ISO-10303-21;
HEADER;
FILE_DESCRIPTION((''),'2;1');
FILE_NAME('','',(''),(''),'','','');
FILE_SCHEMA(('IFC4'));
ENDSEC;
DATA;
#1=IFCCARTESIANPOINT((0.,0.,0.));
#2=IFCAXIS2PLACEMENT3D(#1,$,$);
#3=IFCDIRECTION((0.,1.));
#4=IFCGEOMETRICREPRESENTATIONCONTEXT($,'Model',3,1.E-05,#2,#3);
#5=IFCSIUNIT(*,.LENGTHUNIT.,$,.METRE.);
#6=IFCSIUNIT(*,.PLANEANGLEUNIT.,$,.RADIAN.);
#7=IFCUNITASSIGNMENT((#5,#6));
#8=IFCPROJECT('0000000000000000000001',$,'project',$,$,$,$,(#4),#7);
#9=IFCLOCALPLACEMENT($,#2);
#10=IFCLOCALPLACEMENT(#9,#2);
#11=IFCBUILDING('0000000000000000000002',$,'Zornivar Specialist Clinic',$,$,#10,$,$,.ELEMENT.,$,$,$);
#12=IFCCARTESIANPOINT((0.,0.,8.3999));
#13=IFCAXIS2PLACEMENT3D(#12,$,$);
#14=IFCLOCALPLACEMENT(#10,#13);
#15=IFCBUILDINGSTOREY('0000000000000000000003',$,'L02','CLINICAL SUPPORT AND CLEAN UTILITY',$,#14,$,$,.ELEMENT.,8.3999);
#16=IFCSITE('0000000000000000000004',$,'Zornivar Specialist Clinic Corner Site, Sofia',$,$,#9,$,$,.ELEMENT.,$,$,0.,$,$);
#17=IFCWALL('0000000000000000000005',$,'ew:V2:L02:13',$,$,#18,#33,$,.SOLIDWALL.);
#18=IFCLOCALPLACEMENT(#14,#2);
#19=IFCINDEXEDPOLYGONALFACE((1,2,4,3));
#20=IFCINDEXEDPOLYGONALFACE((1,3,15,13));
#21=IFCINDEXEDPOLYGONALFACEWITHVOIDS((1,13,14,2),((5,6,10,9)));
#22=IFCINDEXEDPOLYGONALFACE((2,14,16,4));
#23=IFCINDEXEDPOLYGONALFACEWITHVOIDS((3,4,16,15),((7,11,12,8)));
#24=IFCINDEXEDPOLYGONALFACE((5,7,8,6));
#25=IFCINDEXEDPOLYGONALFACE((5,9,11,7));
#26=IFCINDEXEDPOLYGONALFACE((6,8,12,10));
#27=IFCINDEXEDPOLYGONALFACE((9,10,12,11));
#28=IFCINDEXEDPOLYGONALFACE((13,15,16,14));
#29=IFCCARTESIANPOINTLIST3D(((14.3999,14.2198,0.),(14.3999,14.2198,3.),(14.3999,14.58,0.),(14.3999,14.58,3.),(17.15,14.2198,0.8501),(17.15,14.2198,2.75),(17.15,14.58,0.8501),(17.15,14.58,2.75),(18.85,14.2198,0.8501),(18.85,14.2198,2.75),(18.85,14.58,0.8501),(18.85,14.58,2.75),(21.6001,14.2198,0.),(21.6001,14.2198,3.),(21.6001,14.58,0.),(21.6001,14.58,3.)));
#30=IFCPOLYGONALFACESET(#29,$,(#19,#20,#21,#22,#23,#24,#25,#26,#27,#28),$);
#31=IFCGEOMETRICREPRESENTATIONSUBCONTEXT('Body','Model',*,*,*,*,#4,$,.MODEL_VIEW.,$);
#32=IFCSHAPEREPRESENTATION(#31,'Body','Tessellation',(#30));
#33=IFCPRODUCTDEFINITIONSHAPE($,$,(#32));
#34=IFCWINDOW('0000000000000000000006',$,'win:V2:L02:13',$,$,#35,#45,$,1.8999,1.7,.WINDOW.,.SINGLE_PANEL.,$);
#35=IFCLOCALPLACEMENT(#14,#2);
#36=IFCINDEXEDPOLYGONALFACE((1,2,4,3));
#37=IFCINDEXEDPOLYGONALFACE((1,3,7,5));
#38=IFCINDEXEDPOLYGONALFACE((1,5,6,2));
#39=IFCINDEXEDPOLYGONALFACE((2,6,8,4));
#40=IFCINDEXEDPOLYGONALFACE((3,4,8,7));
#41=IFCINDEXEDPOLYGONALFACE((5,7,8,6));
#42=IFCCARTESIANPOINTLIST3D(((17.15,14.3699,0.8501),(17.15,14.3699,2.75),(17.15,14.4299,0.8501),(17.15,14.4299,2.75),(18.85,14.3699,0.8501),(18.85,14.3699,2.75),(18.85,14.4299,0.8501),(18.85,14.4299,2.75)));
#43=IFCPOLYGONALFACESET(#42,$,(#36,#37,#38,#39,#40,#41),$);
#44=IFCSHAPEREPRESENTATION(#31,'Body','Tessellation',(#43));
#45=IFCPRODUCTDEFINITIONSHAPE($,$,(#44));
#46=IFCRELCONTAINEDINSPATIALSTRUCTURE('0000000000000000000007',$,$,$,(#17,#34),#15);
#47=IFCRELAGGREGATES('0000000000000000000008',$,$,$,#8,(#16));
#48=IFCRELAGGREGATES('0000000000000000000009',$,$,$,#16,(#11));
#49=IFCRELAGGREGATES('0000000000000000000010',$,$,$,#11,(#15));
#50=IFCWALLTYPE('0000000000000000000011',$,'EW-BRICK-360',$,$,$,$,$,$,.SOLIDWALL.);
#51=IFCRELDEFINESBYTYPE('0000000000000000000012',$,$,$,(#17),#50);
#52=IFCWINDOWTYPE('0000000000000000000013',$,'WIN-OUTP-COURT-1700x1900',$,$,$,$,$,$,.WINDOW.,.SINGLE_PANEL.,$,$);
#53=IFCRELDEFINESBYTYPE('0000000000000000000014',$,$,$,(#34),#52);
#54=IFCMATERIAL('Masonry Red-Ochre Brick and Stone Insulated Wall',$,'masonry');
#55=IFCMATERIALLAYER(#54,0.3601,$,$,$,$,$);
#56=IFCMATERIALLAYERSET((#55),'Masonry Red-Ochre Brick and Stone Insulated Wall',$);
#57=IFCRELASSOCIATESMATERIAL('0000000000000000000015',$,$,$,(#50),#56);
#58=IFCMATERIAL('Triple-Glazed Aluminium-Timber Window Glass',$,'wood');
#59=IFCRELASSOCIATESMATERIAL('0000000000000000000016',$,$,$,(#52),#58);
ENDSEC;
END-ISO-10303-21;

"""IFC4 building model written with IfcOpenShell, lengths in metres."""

from ifc_helpers import new_model, si_unit, direction, frame, frame_2d, origin, place, context, subcontext, project, spatial, rectangle, extrude, material, layer, layer_set, type_object, element, fill, save


model = new_model("IFC4")

# Units and contexts
model_context = context("Model", 3, precision=1e-05, world=origin(), true_north=direction((0.0, 1.0)))
body_context = subcontext(model_context, "Body", "Model", "MODEL_VIEW")
ifc_project = project(units=[si_unit("LENGTHUNIT", "METRE"), si_unit("PLANEANGLEUNIT", "RADIAN")], contexts=[model_context])

# Site, building, storey
site_placement = place(None, origin())
site = spatial("IfcSite", under=ifc_project, at=site_placement, Name="Zornivar Specialist Clinic Corner Site, Sofia", CompositionType="ELEMENT", RefElevation=0.0)
building_placement = place(site_placement, origin())
building = spatial("IfcBuilding", under=site, at=building_placement, Name="Zornivar Specialist Clinic", CompositionType="ELEMENT")
storey_placement = place(building_placement, frame((0.0, 0.0, 8.3999)))
storey = spatial("IfcBuildingStorey", under=building, at=storey_placement, Name="L02", Description="CLINICAL SUPPORT AND CLEAN UTILITY", CompositionType="ELEMENT", Elevation=8.3999)

# Wall, opening, window
ifc_material_1 = material(Name="Masonry Red-Ochre Brick and Stone Insulated Wall", Category="masonry")
ifc_layer_1 = layer(ifc_material_1, 0.3601)
ifc_layer_set_1 = layer_set([ifc_layer_1], Name="Masonry Red-Ochre Brick and Stone Insulated Wall")
wall_type = type_object("IfcWallType", Name="EW-BRICK-360", PredefinedType="SOLIDWALL", material=ifc_layer_set_1)
wall_placement = place(storey_placement, frame((21.6001, 14.3999, 0.0), z_axis=(0.0, 0.0, 1.0), x_axis=(-1.0, 0.0, 0.0)))
wall = element("IfcWall", 1, at=wall_placement, inside=storey, type_object=wall_type, Name="ew:V2:L02:13", PredefinedType="SOLIDWALL", context=body_context, shape_type="SweptSolid", body=[
    extrude(rectangle(XDim=7.2002, YDim=0.3601, at=frame_2d((3.6001, 0.0))), origin(), (0.0, 0.0, 1.0), 3.0),
])
opening_placement = place(wall_placement, frame((2.75, 0.0, 0.8501)))
opening = element("IfcOpeningElement", 2, at=opening_placement, cuts=wall, PredefinedType="OPENING", context=body_context, shape_type="SweptSolid", body=[
    extrude(rectangle(XDim=1.7, YDim=1.8999, at=frame_2d((0.8501, 0.95))), frame((0.0, 0.1899, 0.0), z_axis=(0.0, -1.0, 0.0), x_axis=(1.0, 0.0, 0.0)), (0.0, 0.0, 1.0), 0.3801),
])
ifc_material_2 = material(Name="Triple-Glazed Aluminium-Timber Window Glass", Category="wood")
window_type = type_object("IfcWindowType", Name="WIN-OUTP-COURT-1700x1900", PartitioningType="SINGLE_PANEL", PredefinedType="WINDOW", material=ifc_material_2)
window_placement = place(opening_placement, origin())
window = element("IfcWindow", 3, at=window_placement, inside=storey, type_object=window_type, Name="win:V2:L02:13", OverallHeight=1.8999, OverallWidth=1.7, PartitioningType="SINGLE_PANEL", PredefinedType="WINDOW", context=body_context, shape_type="SweptSolid", body=[
    extrude(rectangle(XDim=1.7, YDim=1.8999, at=frame_2d((0.8501, 0.95))), frame((0.0, 0.03, 0.0), z_axis=(0.0, -1.0, 0.0), x_axis=(1.0, 0.0, 0.0)), (0.0, 0.0, 1.0), 0.0601),
])
fill(opening, window)

save(model, "model.ifc")
